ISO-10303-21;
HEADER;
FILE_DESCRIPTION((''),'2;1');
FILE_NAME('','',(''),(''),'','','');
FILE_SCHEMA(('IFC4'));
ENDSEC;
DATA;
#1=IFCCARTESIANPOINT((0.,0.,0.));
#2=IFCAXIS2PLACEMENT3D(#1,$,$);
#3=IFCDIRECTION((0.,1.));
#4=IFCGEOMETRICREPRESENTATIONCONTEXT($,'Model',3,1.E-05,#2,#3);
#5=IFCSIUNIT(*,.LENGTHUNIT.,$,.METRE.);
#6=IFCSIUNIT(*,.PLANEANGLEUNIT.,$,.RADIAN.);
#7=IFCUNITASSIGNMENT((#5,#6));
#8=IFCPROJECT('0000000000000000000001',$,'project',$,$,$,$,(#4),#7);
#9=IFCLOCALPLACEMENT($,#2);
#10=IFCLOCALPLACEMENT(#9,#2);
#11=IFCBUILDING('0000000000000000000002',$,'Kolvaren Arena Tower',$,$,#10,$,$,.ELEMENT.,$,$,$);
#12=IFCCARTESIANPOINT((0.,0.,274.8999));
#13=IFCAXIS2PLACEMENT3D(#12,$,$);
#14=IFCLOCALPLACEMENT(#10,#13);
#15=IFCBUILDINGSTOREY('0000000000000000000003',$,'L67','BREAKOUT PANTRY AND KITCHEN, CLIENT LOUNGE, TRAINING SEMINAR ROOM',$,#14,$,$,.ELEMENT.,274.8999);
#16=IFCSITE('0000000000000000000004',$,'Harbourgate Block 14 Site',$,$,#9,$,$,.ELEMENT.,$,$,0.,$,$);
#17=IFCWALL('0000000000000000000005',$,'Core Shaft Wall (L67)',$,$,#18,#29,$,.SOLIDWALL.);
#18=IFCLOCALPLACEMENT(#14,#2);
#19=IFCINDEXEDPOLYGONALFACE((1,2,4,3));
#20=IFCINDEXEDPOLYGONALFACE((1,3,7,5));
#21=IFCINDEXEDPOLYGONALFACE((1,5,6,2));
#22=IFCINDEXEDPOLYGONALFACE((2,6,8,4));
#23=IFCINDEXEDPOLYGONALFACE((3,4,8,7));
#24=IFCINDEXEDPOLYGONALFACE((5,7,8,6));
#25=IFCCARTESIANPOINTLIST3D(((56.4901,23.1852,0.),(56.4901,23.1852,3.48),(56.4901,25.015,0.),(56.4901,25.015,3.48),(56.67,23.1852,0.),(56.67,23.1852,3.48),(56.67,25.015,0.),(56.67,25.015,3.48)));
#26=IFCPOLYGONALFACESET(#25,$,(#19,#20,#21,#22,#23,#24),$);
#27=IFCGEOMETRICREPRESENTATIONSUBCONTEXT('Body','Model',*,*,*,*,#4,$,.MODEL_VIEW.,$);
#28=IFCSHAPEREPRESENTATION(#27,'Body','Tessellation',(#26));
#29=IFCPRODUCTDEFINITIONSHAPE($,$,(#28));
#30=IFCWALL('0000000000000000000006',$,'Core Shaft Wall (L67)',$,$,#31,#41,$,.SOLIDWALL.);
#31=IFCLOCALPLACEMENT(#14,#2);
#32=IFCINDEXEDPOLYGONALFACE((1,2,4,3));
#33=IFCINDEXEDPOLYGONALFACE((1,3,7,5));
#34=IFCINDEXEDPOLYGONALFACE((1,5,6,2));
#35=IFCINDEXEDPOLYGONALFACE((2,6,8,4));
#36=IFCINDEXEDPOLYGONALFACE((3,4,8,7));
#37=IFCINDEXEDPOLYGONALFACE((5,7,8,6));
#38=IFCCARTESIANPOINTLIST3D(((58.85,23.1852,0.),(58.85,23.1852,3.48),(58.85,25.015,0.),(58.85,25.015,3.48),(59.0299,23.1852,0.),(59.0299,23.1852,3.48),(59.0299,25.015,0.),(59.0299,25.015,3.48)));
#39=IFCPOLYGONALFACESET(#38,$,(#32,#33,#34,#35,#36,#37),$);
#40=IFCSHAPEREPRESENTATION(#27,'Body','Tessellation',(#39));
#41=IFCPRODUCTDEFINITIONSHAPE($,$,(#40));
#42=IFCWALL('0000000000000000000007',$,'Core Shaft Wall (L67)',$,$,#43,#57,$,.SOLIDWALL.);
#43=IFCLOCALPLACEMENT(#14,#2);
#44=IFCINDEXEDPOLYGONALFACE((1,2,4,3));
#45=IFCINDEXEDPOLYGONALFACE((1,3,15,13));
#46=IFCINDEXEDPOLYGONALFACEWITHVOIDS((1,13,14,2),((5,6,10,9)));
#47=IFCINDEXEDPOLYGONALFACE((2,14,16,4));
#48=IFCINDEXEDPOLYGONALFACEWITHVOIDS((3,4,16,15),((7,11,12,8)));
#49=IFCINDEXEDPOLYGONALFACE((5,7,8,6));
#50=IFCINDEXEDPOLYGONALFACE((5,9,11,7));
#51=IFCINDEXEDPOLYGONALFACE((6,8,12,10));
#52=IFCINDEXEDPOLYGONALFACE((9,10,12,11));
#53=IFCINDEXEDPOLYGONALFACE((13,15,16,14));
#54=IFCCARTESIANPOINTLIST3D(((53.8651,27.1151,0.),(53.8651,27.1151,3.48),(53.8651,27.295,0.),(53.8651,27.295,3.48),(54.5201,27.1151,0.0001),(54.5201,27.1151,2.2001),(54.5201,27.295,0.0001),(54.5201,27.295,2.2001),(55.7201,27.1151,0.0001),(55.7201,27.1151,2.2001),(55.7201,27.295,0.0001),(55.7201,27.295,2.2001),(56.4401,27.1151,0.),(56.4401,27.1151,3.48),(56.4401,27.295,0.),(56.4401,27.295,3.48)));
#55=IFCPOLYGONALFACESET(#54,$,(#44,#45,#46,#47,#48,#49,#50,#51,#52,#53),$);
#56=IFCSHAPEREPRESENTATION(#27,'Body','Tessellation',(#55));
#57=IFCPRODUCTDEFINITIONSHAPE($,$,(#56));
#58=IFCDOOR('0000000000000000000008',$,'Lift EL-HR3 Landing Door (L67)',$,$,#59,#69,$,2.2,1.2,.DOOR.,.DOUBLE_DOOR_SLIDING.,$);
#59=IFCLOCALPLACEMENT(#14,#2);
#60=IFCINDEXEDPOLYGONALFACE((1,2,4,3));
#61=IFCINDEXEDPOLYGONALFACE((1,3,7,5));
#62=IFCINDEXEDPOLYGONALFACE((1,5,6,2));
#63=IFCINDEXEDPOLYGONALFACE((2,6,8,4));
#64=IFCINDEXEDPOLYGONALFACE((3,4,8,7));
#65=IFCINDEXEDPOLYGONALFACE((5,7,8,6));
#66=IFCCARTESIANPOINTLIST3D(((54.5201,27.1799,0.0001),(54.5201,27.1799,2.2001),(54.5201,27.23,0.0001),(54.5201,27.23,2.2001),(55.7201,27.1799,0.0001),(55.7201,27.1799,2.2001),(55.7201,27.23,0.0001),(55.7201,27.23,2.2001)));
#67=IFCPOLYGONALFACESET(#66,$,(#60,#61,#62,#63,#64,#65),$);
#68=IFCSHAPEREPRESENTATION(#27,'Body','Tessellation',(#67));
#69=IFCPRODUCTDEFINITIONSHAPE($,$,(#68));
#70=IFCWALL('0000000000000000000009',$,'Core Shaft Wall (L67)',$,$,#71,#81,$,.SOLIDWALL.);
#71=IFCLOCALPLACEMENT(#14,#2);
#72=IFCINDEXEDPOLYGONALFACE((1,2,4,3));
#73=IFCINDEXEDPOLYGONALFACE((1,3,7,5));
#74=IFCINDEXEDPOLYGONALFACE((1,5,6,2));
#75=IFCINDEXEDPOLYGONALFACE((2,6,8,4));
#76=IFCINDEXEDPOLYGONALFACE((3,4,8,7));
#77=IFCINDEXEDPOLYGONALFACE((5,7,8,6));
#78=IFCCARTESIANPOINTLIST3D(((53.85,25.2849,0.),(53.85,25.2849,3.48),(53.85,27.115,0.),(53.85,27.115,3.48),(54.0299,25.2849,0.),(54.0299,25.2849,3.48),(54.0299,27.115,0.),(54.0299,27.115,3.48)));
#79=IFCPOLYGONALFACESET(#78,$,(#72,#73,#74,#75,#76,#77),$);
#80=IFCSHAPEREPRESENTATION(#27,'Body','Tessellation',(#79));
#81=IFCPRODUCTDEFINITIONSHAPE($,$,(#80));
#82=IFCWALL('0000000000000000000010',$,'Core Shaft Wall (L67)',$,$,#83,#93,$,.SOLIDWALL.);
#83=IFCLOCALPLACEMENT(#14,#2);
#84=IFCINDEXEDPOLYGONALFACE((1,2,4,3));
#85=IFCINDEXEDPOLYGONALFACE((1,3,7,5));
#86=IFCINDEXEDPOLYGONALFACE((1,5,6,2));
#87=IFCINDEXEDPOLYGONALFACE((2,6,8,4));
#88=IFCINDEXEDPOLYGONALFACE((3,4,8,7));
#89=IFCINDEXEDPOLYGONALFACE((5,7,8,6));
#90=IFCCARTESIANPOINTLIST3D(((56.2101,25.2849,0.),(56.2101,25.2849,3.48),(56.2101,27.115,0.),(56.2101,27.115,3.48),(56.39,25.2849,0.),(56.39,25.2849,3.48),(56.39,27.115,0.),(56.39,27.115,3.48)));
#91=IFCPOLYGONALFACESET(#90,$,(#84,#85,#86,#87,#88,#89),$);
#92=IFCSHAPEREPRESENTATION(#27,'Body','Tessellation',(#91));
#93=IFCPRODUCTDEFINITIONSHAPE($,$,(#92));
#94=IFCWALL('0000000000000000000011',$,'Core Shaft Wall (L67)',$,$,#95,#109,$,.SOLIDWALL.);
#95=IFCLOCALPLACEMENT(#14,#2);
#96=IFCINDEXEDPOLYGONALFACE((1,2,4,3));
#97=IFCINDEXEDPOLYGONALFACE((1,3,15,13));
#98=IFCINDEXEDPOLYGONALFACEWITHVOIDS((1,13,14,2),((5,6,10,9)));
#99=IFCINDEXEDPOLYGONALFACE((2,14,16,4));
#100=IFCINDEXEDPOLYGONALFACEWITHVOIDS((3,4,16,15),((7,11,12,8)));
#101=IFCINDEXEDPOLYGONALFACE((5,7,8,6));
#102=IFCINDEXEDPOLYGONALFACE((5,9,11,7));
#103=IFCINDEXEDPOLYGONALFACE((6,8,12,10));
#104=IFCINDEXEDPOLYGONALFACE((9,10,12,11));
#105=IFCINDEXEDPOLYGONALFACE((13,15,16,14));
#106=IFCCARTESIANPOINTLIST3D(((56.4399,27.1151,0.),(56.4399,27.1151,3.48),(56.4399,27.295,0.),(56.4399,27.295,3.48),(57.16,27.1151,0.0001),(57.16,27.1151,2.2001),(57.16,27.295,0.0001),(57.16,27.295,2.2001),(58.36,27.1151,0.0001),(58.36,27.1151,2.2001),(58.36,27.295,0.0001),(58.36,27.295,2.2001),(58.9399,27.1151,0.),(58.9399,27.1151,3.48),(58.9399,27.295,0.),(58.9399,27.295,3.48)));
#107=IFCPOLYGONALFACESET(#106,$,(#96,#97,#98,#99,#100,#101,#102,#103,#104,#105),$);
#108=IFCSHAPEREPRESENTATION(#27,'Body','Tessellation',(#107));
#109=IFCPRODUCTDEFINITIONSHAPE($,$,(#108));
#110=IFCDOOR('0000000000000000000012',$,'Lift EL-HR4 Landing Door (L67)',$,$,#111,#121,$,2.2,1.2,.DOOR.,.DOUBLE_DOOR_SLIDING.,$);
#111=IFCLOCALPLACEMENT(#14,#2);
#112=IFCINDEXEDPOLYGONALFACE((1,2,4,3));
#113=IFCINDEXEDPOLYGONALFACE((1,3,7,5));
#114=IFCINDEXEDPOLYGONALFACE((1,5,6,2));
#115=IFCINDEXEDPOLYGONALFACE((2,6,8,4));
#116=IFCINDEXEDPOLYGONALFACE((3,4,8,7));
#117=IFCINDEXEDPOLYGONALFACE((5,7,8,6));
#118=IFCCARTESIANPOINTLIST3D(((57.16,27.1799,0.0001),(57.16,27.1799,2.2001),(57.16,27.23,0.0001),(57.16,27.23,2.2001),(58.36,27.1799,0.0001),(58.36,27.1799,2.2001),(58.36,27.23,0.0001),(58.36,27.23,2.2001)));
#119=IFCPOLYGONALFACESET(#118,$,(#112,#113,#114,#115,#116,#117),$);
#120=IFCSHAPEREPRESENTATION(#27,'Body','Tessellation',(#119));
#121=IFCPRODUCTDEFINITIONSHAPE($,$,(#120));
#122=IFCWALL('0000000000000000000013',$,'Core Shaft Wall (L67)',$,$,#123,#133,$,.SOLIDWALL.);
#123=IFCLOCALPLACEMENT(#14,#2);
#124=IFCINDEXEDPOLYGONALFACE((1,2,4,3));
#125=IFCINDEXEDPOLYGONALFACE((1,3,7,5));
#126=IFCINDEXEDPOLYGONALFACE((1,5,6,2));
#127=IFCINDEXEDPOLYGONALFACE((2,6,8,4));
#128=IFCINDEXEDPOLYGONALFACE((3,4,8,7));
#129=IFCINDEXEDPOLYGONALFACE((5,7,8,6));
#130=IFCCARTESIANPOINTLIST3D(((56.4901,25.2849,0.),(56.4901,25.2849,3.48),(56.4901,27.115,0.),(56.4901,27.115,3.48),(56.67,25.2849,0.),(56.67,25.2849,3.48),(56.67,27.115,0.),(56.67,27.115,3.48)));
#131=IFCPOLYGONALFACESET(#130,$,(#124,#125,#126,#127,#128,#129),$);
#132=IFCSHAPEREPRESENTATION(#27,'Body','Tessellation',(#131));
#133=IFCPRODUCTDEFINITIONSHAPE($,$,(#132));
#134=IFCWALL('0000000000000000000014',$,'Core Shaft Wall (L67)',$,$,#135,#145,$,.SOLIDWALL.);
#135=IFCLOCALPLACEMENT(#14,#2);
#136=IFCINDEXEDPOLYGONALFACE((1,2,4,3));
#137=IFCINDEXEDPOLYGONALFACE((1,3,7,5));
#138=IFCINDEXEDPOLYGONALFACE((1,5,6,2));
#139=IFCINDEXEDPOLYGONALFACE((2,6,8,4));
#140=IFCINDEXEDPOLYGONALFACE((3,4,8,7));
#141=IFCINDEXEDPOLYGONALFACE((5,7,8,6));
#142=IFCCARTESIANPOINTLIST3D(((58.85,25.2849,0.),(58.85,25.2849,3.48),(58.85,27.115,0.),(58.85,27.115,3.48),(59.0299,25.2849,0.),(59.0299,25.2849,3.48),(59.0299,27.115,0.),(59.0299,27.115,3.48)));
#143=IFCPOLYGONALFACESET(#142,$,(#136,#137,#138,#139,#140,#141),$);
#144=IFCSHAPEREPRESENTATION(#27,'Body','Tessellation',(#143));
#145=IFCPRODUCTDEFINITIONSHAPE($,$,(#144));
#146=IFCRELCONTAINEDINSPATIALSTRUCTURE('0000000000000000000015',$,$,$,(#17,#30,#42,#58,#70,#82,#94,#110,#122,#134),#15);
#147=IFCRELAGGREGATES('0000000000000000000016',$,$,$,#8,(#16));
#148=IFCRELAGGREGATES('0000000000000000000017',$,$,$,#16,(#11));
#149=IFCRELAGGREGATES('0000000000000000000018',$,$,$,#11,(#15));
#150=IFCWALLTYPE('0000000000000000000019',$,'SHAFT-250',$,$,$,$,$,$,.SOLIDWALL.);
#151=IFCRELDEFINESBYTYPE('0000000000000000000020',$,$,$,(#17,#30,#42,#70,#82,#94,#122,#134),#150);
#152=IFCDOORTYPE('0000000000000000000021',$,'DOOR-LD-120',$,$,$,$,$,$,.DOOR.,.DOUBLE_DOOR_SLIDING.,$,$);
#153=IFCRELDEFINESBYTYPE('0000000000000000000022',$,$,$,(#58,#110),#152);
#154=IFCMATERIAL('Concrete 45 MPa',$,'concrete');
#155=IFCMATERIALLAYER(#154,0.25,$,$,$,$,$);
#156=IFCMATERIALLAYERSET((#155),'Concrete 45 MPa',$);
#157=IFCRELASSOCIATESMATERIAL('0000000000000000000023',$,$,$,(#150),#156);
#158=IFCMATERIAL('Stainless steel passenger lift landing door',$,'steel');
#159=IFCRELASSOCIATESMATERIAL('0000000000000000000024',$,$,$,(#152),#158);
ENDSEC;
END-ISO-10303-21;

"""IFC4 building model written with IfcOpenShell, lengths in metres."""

from ifc_helpers import new_model, si_unit, direction, frame, frame_2d, origin, place, context, subcontext, project, spatial, rectangle, extrude, material, layer, layer_set, type_object, element, fill, save


model = new_model("IFC4")

# Units and contexts
model_context = context("Model", 3, precision=1e-05, world=origin(), true_north=direction((0.0, 1.0)))
body_context = subcontext(model_context, "Body", "Model", "MODEL_VIEW")
ifc_project = project(units=[si_unit("LENGTHUNIT", "METRE"), si_unit("PLANEANGLEUNIT", "RADIAN")], contexts=[model_context])

# Site, building, storey
site_placement = place(None, origin())
site = spatial("IfcSite", under=ifc_project, at=site_placement, Name="Harbourgate Block 14 Site", CompositionType="ELEMENT", RefElevation=0.0)
building_placement = place(site_placement, origin())
building = spatial("IfcBuilding", under=site, at=building_placement, Name="Kolvaren Arena Tower", CompositionType="ELEMENT")
storey_placement = place(building_placement, frame((0.0, 0.0, 274.8999)))
storey = spatial("IfcBuildingStorey", under=building, at=storey_placement, Name="L67", Description="BREAKOUT PANTRY AND KITCHEN, CLIENT LOUNGE, TRAINING SEMINAR ROOM", CompositionType="ELEMENT", Elevation=274.8999)

# Shared definitions
ifc_material_1 = material(Name="Concrete 45 MPa", Category="concrete")
ifc_layer = layer(ifc_material_1, 0.25)
ifc_layer_set = layer_set([ifc_layer], Name="Concrete 45 MPa")
wall_type = type_object("IfcWallType", Name="SHAFT-250", PredefinedType="SOLIDWALL", material=ifc_layer_set)

# Shared definitions
ifc_material_2 = material(Name="Stainless steel passenger lift landing door", Category="steel")
door_type = type_object("IfcDoorType", Name="DOOR-LD-120", OperationType="DOUBLE_DOOR_SLIDING", PredefinedType="DOOR", material=ifc_material_2)

# Walls
for number, where, z_axis, x_axis, name in (
    (1, (56.5801, 23.1851, 0.0), (0.0, 0.0, 1.0), (0.0, 1.0, 0.0), "Core Shaft Wall (L67)"),
    (2, (58.9399, 23.1851, 0.0), (0.0, 0.0, 1.0), (0.0, 1.0, 0.0), "Core Shaft Wall (L67)"),
):
    element("IfcWall", number, at=place(storey_placement, frame(where, z_axis=z_axis, x_axis=x_axis)), inside=storey, type_object=wall_type, Name=name, PredefinedType="SOLIDWALL", context=body_context, shape_type="SweptSolid", body=[
        extrude(rectangle(XDim=1.8298, YDim=0.1799, at=frame_2d((0.915, 0.0))), origin(), (0.0, 0.0, 1.0), 3.48),
    ])

# Wall, opening, door
wall_1_placement = place(storey_placement, frame((53.865, 27.2051, 0.0), z_axis=(0.0, 0.0, 1.0), x_axis=(1.0, 0.0, 0.0)))
wall_1 = element("IfcWall", 3, at=wall_1_placement, inside=storey, type_object=wall_type, Name="Core Shaft Wall (L67)", PredefinedType="SOLIDWALL", context=body_context, shape_type="SweptSolid", body=[
    extrude(rectangle(XDim=2.575, YDim=0.1799, at=frame_2d((1.2876, 0.0))), origin(), (0.0, 0.0, 1.0), 3.48),
])
opening_1_placement = place(wall_1_placement, frame((0.655, 0.0, 0.0)))
opening_1 = element("IfcOpeningElement", 4, at=opening_1_placement, cuts=wall_1, PredefinedType="OPENING", context=body_context, shape_type="SweptSolid", body=[
    extrude(rectangle(XDim=1.2, YDim=2.2, at=frame_2d((0.6001, 1.1001))), frame((0.0, 0.0999, 0.0), z_axis=(0.0, -1.0, 0.0), x_axis=(1.0, 0.0, 0.0)), (0.0, 0.0, 1.0), 0.2),
])
door_1_placement = place(opening_1_placement, origin())
door_1 = element("IfcDoor", 5, at=door_1_placement, inside=storey, type_object=door_type, Name="Lift EL-HR3 Landing Door (L67)", OperationType="DOUBLE_DOOR_SLIDING", OverallHeight=2.2, OverallWidth=1.2, PredefinedType="DOOR", context=body_context, shape_type="SweptSolid", body=[
    extrude(rectangle(XDim=1.2, YDim=2.2, at=frame_2d((0.6001, 1.1001))), frame((0.0, 0.0249, 0.0), z_axis=(0.0, -1.0, 0.0), x_axis=(1.0, 0.0, 0.0)), (0.0, 0.0, 1.0), 0.05),
])
fill(opening_1, door_1)

# Walls
for number, where, z_axis, x_axis, name in (
    (6, (53.9399, 25.2849, 0.0), (0.0, 0.0, 1.0), (0.0, 1.0, 0.0), "Core Shaft Wall (L67)"),
    (7, (56.3, 25.2849, 0.0), (0.0, 0.0, 1.0), (0.0, 1.0, 0.0), "Core Shaft Wall (L67)"),
):
    element("IfcWall", number, at=place(storey_placement, frame(where, z_axis=z_axis, x_axis=x_axis)), inside=storey, type_object=wall_type, Name=name, PredefinedType="SOLIDWALL", context=body_context, shape_type="SweptSolid", body=[
        extrude(rectangle(XDim=1.8301, YDim=0.1799, at=frame_2d((0.915, 0.0))), origin(), (0.0, 0.0, 1.0), 3.48),
    ])

# Wall, opening, door
wall_2_placement = place(storey_placement, frame((56.4399, 27.2051, 0.0), z_axis=(0.0, 0.0, 1.0), x_axis=(1.0, 0.0, 0.0)))
wall_2 = element("IfcWall", 8, at=wall_2_placement, inside=storey, type_object=wall_type, Name="Core Shaft Wall (L67)", PredefinedType="SOLIDWALL", context=body_context, shape_type="SweptSolid", body=[
    extrude(rectangle(XDim=2.5, YDim=0.1799, at=frame_2d((1.25, 0.0))), origin(), (0.0, 0.0, 1.0), 3.48),
])
opening_2_placement = place(wall_2_placement, frame((0.72, 0.0, 0.0)))
opening_2 = element("IfcOpeningElement", 9, at=opening_2_placement, cuts=wall_2, PredefinedType="OPENING", context=body_context, shape_type="SweptSolid", body=[
    extrude(rectangle(XDim=1.2, YDim=2.2, at=frame_2d((0.6001, 1.1001))), frame((0.0, 0.0999, 0.0), z_axis=(0.0, -1.0, 0.0), x_axis=(1.0, 0.0, 0.0)), (0.0, 0.0, 1.0), 0.2),
])
door_2_placement = place(opening_2_placement, origin())
door_2 = element("IfcDoor", 10, at=door_2_placement, inside=storey, type_object=door_type, Name="Lift EL-HR4 Landing Door (L67)", OperationType="DOUBLE_DOOR_SLIDING", OverallHeight=2.2, OverallWidth=1.2, PredefinedType="DOOR", context=body_context, shape_type="SweptSolid", body=[
    extrude(rectangle(XDim=1.2, YDim=2.2, at=frame_2d((0.6001, 1.1001))), frame((0.0, 0.0249, 0.0), z_axis=(0.0, -1.0, 0.0), x_axis=(1.0, 0.0, 0.0)), (0.0, 0.0, 1.0), 0.05),
])
fill(opening_2, door_2)

# Walls
for number, where, z_axis, x_axis, name in (
    (11, (56.5801, 25.2849, 0.0), (0.0, 0.0, 1.0), (0.0, 1.0, 0.0), "Core Shaft Wall (L67)"),
    (12, (58.9399, 25.2849, 0.0), (0.0, 0.0, 1.0), (0.0, 1.0, 0.0), "Core Shaft Wall (L67)"),
):
    element("IfcWall", number, at=place(storey_placement, frame(where, z_axis=z_axis, x_axis=x_axis)), inside=storey, type_object=wall_type, Name=name, PredefinedType="SOLIDWALL", context=body_context, shape_type="SweptSolid", body=[
        extrude(rectangle(XDim=1.8301, YDim=0.1799, at=frame_2d((0.915, 0.0))), origin(), (0.0, 0.0, 1.0), 3.48),
    ])

save(model, "model.ifc")
